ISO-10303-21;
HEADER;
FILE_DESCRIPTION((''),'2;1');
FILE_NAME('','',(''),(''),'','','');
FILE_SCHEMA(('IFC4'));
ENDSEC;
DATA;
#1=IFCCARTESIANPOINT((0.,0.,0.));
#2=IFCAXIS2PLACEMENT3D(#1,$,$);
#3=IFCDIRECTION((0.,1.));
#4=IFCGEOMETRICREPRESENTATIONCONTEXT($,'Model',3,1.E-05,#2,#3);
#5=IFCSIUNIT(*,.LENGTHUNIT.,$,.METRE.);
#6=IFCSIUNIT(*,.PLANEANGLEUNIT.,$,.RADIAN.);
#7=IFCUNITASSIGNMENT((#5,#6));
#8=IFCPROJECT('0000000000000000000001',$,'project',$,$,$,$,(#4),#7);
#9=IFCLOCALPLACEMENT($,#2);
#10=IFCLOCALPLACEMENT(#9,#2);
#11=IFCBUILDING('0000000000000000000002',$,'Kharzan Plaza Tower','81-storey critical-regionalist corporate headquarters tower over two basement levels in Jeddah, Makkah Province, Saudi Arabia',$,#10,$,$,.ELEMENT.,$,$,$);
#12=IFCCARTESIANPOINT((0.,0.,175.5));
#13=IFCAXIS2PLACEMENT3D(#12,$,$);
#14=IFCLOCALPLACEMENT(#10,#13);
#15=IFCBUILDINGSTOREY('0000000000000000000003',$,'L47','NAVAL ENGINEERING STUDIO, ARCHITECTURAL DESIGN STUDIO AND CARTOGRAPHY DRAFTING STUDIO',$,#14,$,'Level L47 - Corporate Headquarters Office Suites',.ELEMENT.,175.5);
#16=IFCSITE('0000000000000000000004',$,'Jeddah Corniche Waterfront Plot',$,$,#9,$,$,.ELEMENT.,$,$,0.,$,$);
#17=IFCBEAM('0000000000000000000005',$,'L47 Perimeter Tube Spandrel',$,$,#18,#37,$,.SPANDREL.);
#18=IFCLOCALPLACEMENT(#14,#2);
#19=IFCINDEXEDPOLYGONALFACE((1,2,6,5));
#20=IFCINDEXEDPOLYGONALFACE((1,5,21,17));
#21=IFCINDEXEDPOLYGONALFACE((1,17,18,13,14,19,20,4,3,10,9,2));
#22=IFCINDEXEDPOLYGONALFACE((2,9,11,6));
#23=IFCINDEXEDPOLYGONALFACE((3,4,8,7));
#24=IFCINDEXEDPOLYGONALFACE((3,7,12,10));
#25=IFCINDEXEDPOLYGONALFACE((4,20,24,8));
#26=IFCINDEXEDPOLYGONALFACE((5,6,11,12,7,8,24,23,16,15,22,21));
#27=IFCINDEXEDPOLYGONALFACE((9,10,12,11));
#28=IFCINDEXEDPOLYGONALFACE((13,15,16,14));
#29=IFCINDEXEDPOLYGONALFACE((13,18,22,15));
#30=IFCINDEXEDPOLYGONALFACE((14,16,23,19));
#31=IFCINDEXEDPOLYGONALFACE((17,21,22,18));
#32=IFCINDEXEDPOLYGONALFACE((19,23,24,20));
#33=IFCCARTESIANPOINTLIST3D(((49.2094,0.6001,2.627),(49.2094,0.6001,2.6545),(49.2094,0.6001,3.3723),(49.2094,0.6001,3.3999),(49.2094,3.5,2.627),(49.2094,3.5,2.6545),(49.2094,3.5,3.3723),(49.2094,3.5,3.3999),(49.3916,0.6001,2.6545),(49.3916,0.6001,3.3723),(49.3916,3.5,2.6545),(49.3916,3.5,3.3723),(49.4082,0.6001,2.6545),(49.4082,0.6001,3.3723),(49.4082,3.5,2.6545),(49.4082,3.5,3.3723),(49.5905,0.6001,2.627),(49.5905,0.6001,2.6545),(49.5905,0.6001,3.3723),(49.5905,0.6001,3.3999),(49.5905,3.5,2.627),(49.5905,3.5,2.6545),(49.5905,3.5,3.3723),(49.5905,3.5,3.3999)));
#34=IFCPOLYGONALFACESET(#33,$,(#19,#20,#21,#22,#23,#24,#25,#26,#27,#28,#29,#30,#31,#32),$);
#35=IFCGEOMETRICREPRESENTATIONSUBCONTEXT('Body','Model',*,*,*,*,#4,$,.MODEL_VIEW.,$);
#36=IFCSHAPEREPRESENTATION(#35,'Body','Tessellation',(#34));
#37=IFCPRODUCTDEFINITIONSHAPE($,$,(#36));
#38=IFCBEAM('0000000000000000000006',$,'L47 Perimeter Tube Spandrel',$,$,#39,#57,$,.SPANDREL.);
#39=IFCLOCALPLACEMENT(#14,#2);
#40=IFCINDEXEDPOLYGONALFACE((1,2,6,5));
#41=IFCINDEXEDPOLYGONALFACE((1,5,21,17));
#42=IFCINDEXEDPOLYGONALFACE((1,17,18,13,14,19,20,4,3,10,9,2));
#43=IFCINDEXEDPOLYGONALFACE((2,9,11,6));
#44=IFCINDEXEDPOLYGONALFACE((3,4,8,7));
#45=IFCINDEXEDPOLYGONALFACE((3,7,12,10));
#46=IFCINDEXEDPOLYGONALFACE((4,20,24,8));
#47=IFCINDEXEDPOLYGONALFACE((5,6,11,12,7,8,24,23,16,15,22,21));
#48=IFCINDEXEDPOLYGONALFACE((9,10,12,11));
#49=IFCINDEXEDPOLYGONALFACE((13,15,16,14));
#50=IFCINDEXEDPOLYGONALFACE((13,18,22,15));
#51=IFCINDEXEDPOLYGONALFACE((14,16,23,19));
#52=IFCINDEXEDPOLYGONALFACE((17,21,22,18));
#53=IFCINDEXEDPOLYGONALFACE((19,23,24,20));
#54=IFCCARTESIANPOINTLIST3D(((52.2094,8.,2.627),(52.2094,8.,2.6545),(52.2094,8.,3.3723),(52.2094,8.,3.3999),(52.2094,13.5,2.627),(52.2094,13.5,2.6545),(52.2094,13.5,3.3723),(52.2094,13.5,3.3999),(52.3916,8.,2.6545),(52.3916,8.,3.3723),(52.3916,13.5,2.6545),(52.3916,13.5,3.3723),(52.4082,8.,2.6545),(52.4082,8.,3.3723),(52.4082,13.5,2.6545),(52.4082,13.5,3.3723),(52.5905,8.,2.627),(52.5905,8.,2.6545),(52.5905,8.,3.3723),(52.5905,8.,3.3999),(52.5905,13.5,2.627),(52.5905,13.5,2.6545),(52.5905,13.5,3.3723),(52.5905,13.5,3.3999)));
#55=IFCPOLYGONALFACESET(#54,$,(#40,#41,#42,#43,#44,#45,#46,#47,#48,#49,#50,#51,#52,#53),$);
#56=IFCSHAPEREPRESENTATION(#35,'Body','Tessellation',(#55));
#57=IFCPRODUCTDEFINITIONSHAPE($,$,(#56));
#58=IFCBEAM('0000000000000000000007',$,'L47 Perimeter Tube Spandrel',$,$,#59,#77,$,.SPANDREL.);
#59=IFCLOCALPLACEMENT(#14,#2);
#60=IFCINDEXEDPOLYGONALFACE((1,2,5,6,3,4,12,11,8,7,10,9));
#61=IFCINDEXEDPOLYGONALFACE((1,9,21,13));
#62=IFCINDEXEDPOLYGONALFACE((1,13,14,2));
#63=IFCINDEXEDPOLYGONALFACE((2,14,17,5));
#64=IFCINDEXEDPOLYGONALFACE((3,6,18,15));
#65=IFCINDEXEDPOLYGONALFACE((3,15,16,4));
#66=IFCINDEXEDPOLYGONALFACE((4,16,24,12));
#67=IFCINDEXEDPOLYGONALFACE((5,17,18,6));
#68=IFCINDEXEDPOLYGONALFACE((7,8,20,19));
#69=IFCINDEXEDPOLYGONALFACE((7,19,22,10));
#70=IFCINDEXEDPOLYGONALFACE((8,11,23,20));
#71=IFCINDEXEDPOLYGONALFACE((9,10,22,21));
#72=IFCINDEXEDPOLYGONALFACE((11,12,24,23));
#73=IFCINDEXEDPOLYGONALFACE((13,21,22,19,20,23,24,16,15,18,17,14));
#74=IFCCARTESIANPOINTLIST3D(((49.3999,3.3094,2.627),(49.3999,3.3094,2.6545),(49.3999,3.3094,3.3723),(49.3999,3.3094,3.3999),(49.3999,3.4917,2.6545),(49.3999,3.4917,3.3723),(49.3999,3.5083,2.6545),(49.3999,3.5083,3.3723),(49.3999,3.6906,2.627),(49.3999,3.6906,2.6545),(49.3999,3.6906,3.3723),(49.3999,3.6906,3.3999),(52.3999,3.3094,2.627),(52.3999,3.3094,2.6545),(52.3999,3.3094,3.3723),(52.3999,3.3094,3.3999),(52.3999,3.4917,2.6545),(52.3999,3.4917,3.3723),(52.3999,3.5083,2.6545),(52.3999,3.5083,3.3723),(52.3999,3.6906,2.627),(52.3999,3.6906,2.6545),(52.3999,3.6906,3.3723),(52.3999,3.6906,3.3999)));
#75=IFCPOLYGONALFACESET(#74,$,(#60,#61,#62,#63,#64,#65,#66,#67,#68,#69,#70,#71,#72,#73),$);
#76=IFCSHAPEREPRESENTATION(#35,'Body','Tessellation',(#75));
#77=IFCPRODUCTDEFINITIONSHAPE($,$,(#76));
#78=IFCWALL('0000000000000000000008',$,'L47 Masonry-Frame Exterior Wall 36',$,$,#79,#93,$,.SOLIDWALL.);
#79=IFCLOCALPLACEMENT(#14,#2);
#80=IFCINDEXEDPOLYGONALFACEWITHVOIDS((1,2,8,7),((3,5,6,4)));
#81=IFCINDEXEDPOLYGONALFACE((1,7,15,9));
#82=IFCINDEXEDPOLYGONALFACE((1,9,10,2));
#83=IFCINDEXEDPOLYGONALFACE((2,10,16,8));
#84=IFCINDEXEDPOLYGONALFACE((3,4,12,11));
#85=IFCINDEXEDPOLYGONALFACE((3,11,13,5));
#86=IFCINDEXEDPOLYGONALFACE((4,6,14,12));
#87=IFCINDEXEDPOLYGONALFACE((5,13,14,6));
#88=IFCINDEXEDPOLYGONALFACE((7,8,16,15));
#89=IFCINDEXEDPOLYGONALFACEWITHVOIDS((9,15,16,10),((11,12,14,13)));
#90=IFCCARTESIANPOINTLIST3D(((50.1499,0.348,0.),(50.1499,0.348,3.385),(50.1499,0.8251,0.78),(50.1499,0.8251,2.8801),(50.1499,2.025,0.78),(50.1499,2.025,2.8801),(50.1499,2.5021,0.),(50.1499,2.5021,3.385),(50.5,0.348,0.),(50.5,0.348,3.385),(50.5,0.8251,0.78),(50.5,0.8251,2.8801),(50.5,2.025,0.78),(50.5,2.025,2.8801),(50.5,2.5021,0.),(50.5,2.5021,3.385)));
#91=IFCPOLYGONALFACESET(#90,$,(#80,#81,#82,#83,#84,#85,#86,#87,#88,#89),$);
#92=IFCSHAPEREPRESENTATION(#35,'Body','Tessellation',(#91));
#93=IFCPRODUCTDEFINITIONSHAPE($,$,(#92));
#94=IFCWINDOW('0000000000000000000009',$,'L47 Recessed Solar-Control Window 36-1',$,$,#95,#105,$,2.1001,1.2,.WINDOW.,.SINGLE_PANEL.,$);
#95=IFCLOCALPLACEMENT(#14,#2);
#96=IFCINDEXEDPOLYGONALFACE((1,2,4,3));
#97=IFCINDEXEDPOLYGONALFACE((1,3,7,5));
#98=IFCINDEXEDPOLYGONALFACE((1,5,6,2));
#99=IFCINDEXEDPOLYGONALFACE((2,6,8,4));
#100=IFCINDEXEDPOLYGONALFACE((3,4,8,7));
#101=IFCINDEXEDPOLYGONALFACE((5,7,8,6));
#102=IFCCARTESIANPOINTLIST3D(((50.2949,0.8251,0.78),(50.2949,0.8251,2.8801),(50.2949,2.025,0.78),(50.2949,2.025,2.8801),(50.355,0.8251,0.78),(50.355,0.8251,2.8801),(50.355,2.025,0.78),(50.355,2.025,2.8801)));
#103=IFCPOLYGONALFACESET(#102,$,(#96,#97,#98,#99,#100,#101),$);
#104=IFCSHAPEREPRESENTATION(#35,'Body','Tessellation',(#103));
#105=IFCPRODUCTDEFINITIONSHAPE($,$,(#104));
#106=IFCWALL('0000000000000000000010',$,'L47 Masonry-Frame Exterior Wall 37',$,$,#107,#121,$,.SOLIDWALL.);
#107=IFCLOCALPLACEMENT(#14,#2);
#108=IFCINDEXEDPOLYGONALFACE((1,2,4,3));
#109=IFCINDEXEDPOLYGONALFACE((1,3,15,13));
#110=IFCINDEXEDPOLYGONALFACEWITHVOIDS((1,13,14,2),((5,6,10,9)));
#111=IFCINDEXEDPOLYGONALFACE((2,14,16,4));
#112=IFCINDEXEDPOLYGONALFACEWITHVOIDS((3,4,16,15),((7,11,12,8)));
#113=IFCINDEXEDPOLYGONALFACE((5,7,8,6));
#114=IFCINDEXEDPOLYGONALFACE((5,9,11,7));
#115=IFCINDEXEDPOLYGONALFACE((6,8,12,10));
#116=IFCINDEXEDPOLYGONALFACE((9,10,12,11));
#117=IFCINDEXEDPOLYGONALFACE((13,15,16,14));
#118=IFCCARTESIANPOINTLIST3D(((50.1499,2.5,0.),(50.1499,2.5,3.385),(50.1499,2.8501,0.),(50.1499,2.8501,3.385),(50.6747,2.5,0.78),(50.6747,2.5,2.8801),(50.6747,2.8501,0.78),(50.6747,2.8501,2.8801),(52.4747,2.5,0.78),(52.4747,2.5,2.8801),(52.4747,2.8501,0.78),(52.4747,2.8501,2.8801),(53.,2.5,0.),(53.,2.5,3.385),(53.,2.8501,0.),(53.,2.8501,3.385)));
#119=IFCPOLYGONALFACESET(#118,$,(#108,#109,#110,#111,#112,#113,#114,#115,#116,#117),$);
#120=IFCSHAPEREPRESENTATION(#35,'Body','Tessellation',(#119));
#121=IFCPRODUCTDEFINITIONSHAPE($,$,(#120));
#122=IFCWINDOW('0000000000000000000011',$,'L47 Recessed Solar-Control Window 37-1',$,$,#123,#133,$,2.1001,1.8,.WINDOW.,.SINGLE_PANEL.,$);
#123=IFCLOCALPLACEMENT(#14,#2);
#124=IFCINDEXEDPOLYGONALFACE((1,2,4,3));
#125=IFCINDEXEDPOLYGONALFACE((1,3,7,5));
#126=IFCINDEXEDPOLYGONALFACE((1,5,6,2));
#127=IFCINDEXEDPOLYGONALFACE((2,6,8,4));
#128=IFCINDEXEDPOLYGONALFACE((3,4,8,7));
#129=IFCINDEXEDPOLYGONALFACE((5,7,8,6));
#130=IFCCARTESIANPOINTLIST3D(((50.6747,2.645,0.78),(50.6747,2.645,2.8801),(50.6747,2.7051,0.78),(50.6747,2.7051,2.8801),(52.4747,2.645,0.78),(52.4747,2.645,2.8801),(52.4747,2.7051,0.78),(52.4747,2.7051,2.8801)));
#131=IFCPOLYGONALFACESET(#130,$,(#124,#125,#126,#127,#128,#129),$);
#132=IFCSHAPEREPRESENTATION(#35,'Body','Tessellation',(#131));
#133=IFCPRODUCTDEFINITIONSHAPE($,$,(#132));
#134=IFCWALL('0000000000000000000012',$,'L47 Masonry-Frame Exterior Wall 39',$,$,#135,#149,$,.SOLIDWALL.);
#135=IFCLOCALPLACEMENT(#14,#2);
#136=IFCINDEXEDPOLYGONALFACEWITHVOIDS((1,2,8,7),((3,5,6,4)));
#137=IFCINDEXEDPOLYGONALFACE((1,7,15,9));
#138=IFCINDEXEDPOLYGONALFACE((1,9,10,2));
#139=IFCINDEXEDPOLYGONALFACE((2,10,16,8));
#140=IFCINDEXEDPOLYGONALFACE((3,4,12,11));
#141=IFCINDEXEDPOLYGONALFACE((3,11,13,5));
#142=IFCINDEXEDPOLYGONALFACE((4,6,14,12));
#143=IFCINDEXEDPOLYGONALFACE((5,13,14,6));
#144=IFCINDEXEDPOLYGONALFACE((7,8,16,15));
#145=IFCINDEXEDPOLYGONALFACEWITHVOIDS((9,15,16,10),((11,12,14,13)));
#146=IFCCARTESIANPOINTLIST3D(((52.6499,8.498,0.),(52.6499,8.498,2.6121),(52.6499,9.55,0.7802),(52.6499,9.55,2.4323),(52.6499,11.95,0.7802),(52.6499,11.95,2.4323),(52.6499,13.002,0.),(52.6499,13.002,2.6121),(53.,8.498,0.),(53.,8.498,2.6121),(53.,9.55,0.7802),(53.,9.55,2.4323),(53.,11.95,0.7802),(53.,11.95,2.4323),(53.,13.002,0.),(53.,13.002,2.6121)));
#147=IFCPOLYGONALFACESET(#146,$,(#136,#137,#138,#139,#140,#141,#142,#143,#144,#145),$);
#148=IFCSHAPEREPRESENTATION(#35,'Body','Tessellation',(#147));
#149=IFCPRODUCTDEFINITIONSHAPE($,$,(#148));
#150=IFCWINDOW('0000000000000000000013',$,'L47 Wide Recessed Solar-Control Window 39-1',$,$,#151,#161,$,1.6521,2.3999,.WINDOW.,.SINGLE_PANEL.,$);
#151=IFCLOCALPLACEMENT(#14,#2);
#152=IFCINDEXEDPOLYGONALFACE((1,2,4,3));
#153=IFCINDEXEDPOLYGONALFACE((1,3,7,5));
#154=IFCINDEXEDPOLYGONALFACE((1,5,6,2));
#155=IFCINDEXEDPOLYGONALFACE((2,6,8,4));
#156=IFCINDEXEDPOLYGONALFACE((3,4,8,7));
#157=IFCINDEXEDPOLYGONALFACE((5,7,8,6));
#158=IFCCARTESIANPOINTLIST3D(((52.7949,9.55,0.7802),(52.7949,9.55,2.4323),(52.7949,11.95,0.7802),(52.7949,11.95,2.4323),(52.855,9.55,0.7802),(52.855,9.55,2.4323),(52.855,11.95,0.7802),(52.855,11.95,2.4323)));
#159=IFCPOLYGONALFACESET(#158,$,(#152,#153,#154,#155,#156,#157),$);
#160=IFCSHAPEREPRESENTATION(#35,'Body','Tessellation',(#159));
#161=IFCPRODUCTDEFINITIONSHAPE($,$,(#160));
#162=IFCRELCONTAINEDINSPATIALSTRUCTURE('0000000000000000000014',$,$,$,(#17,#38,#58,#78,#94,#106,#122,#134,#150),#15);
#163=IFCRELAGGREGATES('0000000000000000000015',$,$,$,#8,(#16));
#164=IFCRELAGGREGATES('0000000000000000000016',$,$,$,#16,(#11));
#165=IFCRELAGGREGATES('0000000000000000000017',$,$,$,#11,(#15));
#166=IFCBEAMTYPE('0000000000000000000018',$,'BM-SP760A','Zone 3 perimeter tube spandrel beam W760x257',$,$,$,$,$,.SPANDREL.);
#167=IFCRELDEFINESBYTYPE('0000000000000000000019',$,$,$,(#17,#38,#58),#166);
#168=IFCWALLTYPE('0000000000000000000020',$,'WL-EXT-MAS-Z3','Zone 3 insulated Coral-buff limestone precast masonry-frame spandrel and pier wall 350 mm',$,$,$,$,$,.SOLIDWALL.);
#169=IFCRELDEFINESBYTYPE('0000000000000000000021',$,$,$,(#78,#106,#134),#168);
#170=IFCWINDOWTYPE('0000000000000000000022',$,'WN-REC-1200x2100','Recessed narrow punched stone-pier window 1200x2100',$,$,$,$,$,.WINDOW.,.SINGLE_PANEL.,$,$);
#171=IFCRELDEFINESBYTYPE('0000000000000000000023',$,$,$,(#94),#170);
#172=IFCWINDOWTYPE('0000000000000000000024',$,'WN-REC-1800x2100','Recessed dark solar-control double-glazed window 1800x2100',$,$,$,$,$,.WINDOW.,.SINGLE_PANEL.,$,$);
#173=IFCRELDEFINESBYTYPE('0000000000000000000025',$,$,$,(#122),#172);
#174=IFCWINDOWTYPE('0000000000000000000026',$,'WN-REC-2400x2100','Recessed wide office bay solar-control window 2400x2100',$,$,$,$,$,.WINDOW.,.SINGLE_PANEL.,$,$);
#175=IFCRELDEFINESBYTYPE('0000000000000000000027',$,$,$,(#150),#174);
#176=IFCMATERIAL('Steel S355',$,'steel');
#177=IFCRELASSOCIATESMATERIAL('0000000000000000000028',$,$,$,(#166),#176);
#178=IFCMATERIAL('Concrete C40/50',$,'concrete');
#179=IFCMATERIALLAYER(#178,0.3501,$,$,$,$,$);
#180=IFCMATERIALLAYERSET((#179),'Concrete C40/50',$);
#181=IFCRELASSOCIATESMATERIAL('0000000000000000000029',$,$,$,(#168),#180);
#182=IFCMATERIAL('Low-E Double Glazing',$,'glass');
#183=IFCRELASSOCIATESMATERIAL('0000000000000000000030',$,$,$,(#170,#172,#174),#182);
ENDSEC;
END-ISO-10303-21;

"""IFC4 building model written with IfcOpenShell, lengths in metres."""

from ifc_helpers import new_model, si_unit, direction, frame, frame_2d, origin, origin_2d, place, context, subcontext, project, spatial, rectangle, i_section, extrude, source, transform, mapped, material, layer, layer_set, material_profile, profile_set, type_object, element, fill, save


model = new_model("IFC4")

# Units and contexts
model_context = context("Model", 3, precision=1e-05, world=origin(), true_north=direction((0.0, 1.0)))
body_context = subcontext(model_context, "Body", "Model", "MODEL_VIEW")
ifc_project = project(units=[si_unit("LENGTHUNIT", "METRE"), si_unit("PLANEANGLEUNIT", "RADIAN")], contexts=[model_context])

# Site, building, storey
site_placement = place(None, origin())
site = spatial("IfcSite", under=ifc_project, at=site_placement, Name="Jeddah Corniche Waterfront Plot", CompositionType="ELEMENT", RefElevation=0.0)
building_placement = place(site_placement, origin())
building = spatial("IfcBuilding", under=site, at=building_placement, Name="Kharzan Plaza Tower", Description="81-storey critical-regionalist corporate headquarters tower over two basement levels in Jeddah, Makkah Province, Saudi Arabia", CompositionType="ELEMENT")
storey_placement = place(building_placement, frame((0.0, 0.0, 175.5)))
storey = spatial("IfcBuildingStorey", under=building, at=storey_placement, Name="L47", Description="NAVAL ENGINEERING STUDIO, ARCHITECTURAL DESIGN STUDIO AND CARTOGRAPHY DRAFTING STUDIO", LongName="Level L47 - Corporate Headquarters Office Suites", CompositionType="ELEMENT", Elevation=175.5)

# Beams
ifc_material_1 = material(Name="Steel S355", Category="steel")
ifc_material_profile_1 = material_profile(ifc_material_1, i_section(OverallWidth=0.3811, OverallDepth=0.7729, WebThickness=0.0166, FlangeThickness=0.0276, at=origin_2d()), Name="W760x257")
ifc_profile_set_1 = profile_set([ifc_material_profile_1], Name="Steel S355")
beam_type_1 = type_object("IfcBeamType", Name="BM-SP760A", Description="Zone 3 perimeter tube spandrel beam W760x257", PredefinedType="SPANDREL", material=ifc_profile_set_1)
shared_shape_1 = source(origin(), body_context, "Body", "SweptSolid", [
    extrude(i_section(OverallWidth=0.3811, OverallDepth=0.7729, WebThickness=0.0166, FlangeThickness=0.0276, at=origin_2d()), origin(), (0.0, 0.0, 1.0), 2.8999),
])
beam_1_placement = place(storey_placement, frame((49.3999, 0.6001, 3.0134), z_axis=(0.0, 1.0, 0.0), x_axis=(-1.0, 0.0, 0.0)))
element("IfcBeam", 1, at=beam_1_placement, inside=storey, type_object=beam_type_1, Name="L47 Perimeter Tube Spandrel", PredefinedType="SPANDREL", context=body_context, shape_type="MappedRepresentation", body=[
    mapped(shared_shape_1, transform((0.0, 0.0, 0.0), x_axis=(1.0, 0.0, 0.0), y_axis=(0.0, 1.0, 0.0), z_axis=(0.0, 0.0, 1.0))),
])
shared_shape_2 = source(origin(), body_context, "Body", "SweptSolid", [
    extrude(i_section(OverallWidth=0.3811, OverallDepth=0.7729, WebThickness=0.0166, FlangeThickness=0.0276, at=origin_2d()), origin(), (0.0, 0.0, 1.0), 5.5),
])
beam_2_placement = place(storey_placement, frame((52.3999, 8.0, 3.0134), z_axis=(0.0, 1.0, 0.0), x_axis=(-1.0, 0.0, 0.0)))
element("IfcBeam", 2, at=beam_2_placement, inside=storey, type_object=beam_type_1, Name="L47 Perimeter Tube Spandrel", PredefinedType="SPANDREL", context=body_context, shape_type="MappedRepresentation", body=[
    mapped(shared_shape_2, transform((0.0, 0.0, 0.0), x_axis=(1.0, 0.0, 0.0), y_axis=(0.0, 1.0, 0.0), z_axis=(0.0, 0.0, 1.0))),
])
shared_shape_3 = source(origin(), body_context, "Body", "SweptSolid", [
    extrude(i_section(OverallWidth=0.3811, OverallDepth=0.7729, WebThickness=0.0166, FlangeThickness=0.0276, at=origin_2d()), origin(), (0.0, 0.0, 1.0), 3.0),
])
beam_3_placement = place(storey_placement, frame((49.3999, 3.5, 3.0134), z_axis=(1.0, 0.0, 0.0), x_axis=(0.0, 1.0, 0.0)))
element("IfcBeam", 3, at=beam_3_placement, inside=storey, type_object=beam_type_1, Name="L47 Perimeter Tube Spandrel", PredefinedType="SPANDREL", context=body_context, shape_type="MappedRepresentation", body=[
    mapped(shared_shape_3, transform((0.0, 0.0, 0.0), x_axis=(1.0, 0.0, 0.0), y_axis=(0.0, 1.0, 0.0), z_axis=(0.0, 0.0, 1.0))),
])

# Walls, openings, windows
ifc_material_2 = material(Name="Concrete C40/50", Category="concrete")
ifc_layer_1 = layer(ifc_material_2, 0.3501)
ifc_layer_set_1 = layer_set([ifc_layer_1], Name="Concrete C40/50")
wall_type_1 = type_object("IfcWallType", Name="WL-EXT-MAS-Z3", Description="Zone 3 insulated Coral-buff limestone precast masonry-frame spandrel and pier wall 350 mm", PredefinedType="SOLIDWALL", material=ifc_layer_set_1)
wall_1_placement = place(storey_placement, frame((50.325, 0.3479, 0.0), z_axis=(0.0, 0.0, 1.0), x_axis=(0.0, 1.0, 0.0)))
wall_1 = element("IfcWall", 4, at=wall_1_placement, inside=storey, type_object=wall_type_1, Name="L47 Masonry-Frame Exterior Wall 36", PredefinedType="SOLIDWALL", context=body_context, shape_type="SweptSolid", body=[
    extrude(rectangle(XDim=2.1541, YDim=0.3501, at=frame_2d((1.0771, 0.0))), origin(), (0.0, 0.0, 1.0), 3.385),
])
opening_1_placement = place(wall_1_placement, frame((0.4771, 0.0, 0.78)))
opening_1 = element("IfcOpeningElement", 5, at=opening_1_placement, cuts=wall_1, PredefinedType="OPENING", context=body_context, shape_type="SweptSolid", body=[
    extrude(rectangle(XDim=1.2, YDim=2.1001, at=frame_2d((0.6001, 1.05))), frame((0.0, 0.1851, 0.0), z_axis=(0.0, -1.0, 0.0), x_axis=(1.0, 0.0, 0.0)), (0.0, 0.0, 1.0), 0.3701),
])
ifc_material_3 = material(Name="Low-E Double Glazing", Category="glass")
window_type_1 = type_object("IfcWindowType", Name="WN-REC-1200x2100", Description="Recessed narrow punched stone-pier window 1200x2100", PartitioningType="SINGLE_PANEL", PredefinedType="WINDOW", material=ifc_material_3)
shared_shape_4 = source(origin(), body_context, "Body", "SweptSolid", [
    extrude(rectangle(XDim=1.2, YDim=2.1001, at=frame_2d((0.6001, 1.05))), frame((0.0, 0.03, 0.0), z_axis=(0.0, -1.0, 0.0), x_axis=(1.0, 0.0, 0.0)), (0.0, 0.0, 1.0), 0.0601),
])
window_1_placement = place(opening_1_placement, origin())
window_1 = element("IfcWindow", 6, at=window_1_placement, inside=storey, type_object=window_type_1, Name="L47 Recessed Solar-Control Window 36-1", OverallHeight=2.1001, OverallWidth=1.2, PartitioningType="SINGLE_PANEL", PredefinedType="WINDOW", context=body_context, shape_type="MappedRepresentation", body=[
    mapped(shared_shape_4, transform((0.0, 0.0, 0.0), x_axis=(1.0, 0.0, 0.0), y_axis=(0.0, 1.0, 0.0), z_axis=(0.0, 0.0, 1.0))),
])
fill(opening_1, window_1)
wall_2_placement = place(storey_placement, frame((50.1499, 2.675, 0.0), z_axis=(0.0, 0.0, 1.0), x_axis=(1.0, 0.0, 0.0)))
wall_2 = element("IfcWall", 7, at=wall_2_placement, inside=storey, type_object=wall_type_1, Name="L47 Masonry-Frame Exterior Wall 37", PredefinedType="SOLIDWALL", context=body_context, shape_type="SweptSolid", body=[
    extrude(rectangle(XDim=2.8501, YDim=0.3501, at=frame_2d((1.425, 0.0))), origin(), (0.0, 0.0, 1.0), 3.385),
])
opening_2_placement = place(wall_2_placement, frame((0.5249, 0.0, 0.78)))
opening_2 = element("IfcOpeningElement", 8, at=opening_2_placement, cuts=wall_2, PredefinedType="OPENING", context=body_context, shape_type="SweptSolid", body=[
    extrude(rectangle(XDim=1.8, YDim=2.1001, at=frame_2d((0.8999, 1.05))), frame((0.0, 0.1851, 0.0), z_axis=(0.0, -1.0, 0.0), x_axis=(1.0, 0.0, 0.0)), (0.0, 0.0, 1.0), 0.3701),
])
window_type_2 = type_object("IfcWindowType", Name="WN-REC-1800x2100", Description="Recessed dark solar-control double-glazed window 1800x2100", PartitioningType="SINGLE_PANEL", PredefinedType="WINDOW", material=ifc_material_3)
shared_shape_5 = source(origin(), body_context, "Body", "SweptSolid", [
    extrude(rectangle(XDim=1.8, YDim=2.1001, at=frame_2d((0.8999, 1.05))), frame((0.0, 0.03, 0.0), z_axis=(0.0, -1.0, 0.0), x_axis=(1.0, 0.0, 0.0)), (0.0, 0.0, 1.0), 0.0601),
])
window_2_placement = place(opening_2_placement, origin())
window_2 = element("IfcWindow", 9, at=window_2_placement, inside=storey, type_object=window_type_2, Name="L47 Recessed Solar-Control Window 37-1", OverallHeight=2.1001, OverallWidth=1.8, PartitioningType="SINGLE_PANEL", PredefinedType="WINDOW", context=body_context, shape_type="MappedRepresentation", body=[
    mapped(shared_shape_5, transform((0.0, 0.0, 0.0), x_axis=(1.0, 0.0, 0.0), y_axis=(0.0, 1.0, 0.0), z_axis=(0.0, 0.0, 1.0))),
])
fill(opening_2, window_2)
wall_3_placement = place(storey_placement, frame((52.825, 8.498, 0.0), z_axis=(0.0, 0.0, 1.0), x_axis=(0.0, 1.0, 0.0)))
wall_3 = element("IfcWall", 10, at=wall_3_placement, inside=storey, type_object=wall_type_1, Name="L47 Masonry-Frame Exterior Wall 39", PredefinedType="SOLIDWALL", context=body_context, shape_type="SweptSolid", body=[
    extrude(rectangle(XDim=4.5039, YDim=0.3501, at=frame_2d((2.252, 0.0))), origin(), (0.0, 0.0, 1.0), 2.6121),
])
opening_3_placement = place(wall_3_placement, frame((1.052, 0.0, 0.78)))
opening_3 = element("IfcOpeningElement", 11, at=opening_3_placement, cuts=wall_3, PredefinedType="OPENING", context=body_context, shape_type="SweptSolid", body=[
    extrude(rectangle(XDim=2.3999, YDim=1.6521, at=frame_2d((1.2, 0.8262))), frame((0.0, 0.1851, 0.0), z_axis=(0.0, -1.0, 0.0), x_axis=(1.0, 0.0, 0.0)), (0.0, 0.0, 1.0), 0.3701),
])
window_type_3 = type_object("IfcWindowType", Name="WN-REC-2400x2100", Description="Recessed wide office bay solar-control window 2400x2100", PartitioningType="SINGLE_PANEL", PredefinedType="WINDOW", material=ifc_material_3)
shared_shape_6 = source(origin(), body_context, "Body", "SweptSolid", [
    extrude(rectangle(XDim=2.3999, YDim=1.6521, at=frame_2d((1.2, 0.8262))), frame((0.0, 0.03, 0.0), z_axis=(0.0, -1.0, 0.0), x_axis=(1.0, 0.0, 0.0)), (0.0, 0.0, 1.0), 0.0601),
])
window_3_placement = place(opening_3_placement, origin())
window_3 = element("IfcWindow", 12, at=window_3_placement, inside=storey, type_object=window_type_3, Name="L47 Wide Recessed Solar-Control Window 39-1", OverallHeight=1.6521, OverallWidth=2.3999, PartitioningType="SINGLE_PANEL", PredefinedType="WINDOW", context=body_context, shape_type="MappedRepresentation", body=[
    mapped(shared_shape_6, transform((0.0, 0.0, 0.0), x_axis=(1.0, 0.0, 0.0), y_axis=(0.0, 1.0, 0.0), z_axis=(0.0, 0.0, 1.0))),
])
fill(opening_3, window_3)

save(model, "model.ifc")
